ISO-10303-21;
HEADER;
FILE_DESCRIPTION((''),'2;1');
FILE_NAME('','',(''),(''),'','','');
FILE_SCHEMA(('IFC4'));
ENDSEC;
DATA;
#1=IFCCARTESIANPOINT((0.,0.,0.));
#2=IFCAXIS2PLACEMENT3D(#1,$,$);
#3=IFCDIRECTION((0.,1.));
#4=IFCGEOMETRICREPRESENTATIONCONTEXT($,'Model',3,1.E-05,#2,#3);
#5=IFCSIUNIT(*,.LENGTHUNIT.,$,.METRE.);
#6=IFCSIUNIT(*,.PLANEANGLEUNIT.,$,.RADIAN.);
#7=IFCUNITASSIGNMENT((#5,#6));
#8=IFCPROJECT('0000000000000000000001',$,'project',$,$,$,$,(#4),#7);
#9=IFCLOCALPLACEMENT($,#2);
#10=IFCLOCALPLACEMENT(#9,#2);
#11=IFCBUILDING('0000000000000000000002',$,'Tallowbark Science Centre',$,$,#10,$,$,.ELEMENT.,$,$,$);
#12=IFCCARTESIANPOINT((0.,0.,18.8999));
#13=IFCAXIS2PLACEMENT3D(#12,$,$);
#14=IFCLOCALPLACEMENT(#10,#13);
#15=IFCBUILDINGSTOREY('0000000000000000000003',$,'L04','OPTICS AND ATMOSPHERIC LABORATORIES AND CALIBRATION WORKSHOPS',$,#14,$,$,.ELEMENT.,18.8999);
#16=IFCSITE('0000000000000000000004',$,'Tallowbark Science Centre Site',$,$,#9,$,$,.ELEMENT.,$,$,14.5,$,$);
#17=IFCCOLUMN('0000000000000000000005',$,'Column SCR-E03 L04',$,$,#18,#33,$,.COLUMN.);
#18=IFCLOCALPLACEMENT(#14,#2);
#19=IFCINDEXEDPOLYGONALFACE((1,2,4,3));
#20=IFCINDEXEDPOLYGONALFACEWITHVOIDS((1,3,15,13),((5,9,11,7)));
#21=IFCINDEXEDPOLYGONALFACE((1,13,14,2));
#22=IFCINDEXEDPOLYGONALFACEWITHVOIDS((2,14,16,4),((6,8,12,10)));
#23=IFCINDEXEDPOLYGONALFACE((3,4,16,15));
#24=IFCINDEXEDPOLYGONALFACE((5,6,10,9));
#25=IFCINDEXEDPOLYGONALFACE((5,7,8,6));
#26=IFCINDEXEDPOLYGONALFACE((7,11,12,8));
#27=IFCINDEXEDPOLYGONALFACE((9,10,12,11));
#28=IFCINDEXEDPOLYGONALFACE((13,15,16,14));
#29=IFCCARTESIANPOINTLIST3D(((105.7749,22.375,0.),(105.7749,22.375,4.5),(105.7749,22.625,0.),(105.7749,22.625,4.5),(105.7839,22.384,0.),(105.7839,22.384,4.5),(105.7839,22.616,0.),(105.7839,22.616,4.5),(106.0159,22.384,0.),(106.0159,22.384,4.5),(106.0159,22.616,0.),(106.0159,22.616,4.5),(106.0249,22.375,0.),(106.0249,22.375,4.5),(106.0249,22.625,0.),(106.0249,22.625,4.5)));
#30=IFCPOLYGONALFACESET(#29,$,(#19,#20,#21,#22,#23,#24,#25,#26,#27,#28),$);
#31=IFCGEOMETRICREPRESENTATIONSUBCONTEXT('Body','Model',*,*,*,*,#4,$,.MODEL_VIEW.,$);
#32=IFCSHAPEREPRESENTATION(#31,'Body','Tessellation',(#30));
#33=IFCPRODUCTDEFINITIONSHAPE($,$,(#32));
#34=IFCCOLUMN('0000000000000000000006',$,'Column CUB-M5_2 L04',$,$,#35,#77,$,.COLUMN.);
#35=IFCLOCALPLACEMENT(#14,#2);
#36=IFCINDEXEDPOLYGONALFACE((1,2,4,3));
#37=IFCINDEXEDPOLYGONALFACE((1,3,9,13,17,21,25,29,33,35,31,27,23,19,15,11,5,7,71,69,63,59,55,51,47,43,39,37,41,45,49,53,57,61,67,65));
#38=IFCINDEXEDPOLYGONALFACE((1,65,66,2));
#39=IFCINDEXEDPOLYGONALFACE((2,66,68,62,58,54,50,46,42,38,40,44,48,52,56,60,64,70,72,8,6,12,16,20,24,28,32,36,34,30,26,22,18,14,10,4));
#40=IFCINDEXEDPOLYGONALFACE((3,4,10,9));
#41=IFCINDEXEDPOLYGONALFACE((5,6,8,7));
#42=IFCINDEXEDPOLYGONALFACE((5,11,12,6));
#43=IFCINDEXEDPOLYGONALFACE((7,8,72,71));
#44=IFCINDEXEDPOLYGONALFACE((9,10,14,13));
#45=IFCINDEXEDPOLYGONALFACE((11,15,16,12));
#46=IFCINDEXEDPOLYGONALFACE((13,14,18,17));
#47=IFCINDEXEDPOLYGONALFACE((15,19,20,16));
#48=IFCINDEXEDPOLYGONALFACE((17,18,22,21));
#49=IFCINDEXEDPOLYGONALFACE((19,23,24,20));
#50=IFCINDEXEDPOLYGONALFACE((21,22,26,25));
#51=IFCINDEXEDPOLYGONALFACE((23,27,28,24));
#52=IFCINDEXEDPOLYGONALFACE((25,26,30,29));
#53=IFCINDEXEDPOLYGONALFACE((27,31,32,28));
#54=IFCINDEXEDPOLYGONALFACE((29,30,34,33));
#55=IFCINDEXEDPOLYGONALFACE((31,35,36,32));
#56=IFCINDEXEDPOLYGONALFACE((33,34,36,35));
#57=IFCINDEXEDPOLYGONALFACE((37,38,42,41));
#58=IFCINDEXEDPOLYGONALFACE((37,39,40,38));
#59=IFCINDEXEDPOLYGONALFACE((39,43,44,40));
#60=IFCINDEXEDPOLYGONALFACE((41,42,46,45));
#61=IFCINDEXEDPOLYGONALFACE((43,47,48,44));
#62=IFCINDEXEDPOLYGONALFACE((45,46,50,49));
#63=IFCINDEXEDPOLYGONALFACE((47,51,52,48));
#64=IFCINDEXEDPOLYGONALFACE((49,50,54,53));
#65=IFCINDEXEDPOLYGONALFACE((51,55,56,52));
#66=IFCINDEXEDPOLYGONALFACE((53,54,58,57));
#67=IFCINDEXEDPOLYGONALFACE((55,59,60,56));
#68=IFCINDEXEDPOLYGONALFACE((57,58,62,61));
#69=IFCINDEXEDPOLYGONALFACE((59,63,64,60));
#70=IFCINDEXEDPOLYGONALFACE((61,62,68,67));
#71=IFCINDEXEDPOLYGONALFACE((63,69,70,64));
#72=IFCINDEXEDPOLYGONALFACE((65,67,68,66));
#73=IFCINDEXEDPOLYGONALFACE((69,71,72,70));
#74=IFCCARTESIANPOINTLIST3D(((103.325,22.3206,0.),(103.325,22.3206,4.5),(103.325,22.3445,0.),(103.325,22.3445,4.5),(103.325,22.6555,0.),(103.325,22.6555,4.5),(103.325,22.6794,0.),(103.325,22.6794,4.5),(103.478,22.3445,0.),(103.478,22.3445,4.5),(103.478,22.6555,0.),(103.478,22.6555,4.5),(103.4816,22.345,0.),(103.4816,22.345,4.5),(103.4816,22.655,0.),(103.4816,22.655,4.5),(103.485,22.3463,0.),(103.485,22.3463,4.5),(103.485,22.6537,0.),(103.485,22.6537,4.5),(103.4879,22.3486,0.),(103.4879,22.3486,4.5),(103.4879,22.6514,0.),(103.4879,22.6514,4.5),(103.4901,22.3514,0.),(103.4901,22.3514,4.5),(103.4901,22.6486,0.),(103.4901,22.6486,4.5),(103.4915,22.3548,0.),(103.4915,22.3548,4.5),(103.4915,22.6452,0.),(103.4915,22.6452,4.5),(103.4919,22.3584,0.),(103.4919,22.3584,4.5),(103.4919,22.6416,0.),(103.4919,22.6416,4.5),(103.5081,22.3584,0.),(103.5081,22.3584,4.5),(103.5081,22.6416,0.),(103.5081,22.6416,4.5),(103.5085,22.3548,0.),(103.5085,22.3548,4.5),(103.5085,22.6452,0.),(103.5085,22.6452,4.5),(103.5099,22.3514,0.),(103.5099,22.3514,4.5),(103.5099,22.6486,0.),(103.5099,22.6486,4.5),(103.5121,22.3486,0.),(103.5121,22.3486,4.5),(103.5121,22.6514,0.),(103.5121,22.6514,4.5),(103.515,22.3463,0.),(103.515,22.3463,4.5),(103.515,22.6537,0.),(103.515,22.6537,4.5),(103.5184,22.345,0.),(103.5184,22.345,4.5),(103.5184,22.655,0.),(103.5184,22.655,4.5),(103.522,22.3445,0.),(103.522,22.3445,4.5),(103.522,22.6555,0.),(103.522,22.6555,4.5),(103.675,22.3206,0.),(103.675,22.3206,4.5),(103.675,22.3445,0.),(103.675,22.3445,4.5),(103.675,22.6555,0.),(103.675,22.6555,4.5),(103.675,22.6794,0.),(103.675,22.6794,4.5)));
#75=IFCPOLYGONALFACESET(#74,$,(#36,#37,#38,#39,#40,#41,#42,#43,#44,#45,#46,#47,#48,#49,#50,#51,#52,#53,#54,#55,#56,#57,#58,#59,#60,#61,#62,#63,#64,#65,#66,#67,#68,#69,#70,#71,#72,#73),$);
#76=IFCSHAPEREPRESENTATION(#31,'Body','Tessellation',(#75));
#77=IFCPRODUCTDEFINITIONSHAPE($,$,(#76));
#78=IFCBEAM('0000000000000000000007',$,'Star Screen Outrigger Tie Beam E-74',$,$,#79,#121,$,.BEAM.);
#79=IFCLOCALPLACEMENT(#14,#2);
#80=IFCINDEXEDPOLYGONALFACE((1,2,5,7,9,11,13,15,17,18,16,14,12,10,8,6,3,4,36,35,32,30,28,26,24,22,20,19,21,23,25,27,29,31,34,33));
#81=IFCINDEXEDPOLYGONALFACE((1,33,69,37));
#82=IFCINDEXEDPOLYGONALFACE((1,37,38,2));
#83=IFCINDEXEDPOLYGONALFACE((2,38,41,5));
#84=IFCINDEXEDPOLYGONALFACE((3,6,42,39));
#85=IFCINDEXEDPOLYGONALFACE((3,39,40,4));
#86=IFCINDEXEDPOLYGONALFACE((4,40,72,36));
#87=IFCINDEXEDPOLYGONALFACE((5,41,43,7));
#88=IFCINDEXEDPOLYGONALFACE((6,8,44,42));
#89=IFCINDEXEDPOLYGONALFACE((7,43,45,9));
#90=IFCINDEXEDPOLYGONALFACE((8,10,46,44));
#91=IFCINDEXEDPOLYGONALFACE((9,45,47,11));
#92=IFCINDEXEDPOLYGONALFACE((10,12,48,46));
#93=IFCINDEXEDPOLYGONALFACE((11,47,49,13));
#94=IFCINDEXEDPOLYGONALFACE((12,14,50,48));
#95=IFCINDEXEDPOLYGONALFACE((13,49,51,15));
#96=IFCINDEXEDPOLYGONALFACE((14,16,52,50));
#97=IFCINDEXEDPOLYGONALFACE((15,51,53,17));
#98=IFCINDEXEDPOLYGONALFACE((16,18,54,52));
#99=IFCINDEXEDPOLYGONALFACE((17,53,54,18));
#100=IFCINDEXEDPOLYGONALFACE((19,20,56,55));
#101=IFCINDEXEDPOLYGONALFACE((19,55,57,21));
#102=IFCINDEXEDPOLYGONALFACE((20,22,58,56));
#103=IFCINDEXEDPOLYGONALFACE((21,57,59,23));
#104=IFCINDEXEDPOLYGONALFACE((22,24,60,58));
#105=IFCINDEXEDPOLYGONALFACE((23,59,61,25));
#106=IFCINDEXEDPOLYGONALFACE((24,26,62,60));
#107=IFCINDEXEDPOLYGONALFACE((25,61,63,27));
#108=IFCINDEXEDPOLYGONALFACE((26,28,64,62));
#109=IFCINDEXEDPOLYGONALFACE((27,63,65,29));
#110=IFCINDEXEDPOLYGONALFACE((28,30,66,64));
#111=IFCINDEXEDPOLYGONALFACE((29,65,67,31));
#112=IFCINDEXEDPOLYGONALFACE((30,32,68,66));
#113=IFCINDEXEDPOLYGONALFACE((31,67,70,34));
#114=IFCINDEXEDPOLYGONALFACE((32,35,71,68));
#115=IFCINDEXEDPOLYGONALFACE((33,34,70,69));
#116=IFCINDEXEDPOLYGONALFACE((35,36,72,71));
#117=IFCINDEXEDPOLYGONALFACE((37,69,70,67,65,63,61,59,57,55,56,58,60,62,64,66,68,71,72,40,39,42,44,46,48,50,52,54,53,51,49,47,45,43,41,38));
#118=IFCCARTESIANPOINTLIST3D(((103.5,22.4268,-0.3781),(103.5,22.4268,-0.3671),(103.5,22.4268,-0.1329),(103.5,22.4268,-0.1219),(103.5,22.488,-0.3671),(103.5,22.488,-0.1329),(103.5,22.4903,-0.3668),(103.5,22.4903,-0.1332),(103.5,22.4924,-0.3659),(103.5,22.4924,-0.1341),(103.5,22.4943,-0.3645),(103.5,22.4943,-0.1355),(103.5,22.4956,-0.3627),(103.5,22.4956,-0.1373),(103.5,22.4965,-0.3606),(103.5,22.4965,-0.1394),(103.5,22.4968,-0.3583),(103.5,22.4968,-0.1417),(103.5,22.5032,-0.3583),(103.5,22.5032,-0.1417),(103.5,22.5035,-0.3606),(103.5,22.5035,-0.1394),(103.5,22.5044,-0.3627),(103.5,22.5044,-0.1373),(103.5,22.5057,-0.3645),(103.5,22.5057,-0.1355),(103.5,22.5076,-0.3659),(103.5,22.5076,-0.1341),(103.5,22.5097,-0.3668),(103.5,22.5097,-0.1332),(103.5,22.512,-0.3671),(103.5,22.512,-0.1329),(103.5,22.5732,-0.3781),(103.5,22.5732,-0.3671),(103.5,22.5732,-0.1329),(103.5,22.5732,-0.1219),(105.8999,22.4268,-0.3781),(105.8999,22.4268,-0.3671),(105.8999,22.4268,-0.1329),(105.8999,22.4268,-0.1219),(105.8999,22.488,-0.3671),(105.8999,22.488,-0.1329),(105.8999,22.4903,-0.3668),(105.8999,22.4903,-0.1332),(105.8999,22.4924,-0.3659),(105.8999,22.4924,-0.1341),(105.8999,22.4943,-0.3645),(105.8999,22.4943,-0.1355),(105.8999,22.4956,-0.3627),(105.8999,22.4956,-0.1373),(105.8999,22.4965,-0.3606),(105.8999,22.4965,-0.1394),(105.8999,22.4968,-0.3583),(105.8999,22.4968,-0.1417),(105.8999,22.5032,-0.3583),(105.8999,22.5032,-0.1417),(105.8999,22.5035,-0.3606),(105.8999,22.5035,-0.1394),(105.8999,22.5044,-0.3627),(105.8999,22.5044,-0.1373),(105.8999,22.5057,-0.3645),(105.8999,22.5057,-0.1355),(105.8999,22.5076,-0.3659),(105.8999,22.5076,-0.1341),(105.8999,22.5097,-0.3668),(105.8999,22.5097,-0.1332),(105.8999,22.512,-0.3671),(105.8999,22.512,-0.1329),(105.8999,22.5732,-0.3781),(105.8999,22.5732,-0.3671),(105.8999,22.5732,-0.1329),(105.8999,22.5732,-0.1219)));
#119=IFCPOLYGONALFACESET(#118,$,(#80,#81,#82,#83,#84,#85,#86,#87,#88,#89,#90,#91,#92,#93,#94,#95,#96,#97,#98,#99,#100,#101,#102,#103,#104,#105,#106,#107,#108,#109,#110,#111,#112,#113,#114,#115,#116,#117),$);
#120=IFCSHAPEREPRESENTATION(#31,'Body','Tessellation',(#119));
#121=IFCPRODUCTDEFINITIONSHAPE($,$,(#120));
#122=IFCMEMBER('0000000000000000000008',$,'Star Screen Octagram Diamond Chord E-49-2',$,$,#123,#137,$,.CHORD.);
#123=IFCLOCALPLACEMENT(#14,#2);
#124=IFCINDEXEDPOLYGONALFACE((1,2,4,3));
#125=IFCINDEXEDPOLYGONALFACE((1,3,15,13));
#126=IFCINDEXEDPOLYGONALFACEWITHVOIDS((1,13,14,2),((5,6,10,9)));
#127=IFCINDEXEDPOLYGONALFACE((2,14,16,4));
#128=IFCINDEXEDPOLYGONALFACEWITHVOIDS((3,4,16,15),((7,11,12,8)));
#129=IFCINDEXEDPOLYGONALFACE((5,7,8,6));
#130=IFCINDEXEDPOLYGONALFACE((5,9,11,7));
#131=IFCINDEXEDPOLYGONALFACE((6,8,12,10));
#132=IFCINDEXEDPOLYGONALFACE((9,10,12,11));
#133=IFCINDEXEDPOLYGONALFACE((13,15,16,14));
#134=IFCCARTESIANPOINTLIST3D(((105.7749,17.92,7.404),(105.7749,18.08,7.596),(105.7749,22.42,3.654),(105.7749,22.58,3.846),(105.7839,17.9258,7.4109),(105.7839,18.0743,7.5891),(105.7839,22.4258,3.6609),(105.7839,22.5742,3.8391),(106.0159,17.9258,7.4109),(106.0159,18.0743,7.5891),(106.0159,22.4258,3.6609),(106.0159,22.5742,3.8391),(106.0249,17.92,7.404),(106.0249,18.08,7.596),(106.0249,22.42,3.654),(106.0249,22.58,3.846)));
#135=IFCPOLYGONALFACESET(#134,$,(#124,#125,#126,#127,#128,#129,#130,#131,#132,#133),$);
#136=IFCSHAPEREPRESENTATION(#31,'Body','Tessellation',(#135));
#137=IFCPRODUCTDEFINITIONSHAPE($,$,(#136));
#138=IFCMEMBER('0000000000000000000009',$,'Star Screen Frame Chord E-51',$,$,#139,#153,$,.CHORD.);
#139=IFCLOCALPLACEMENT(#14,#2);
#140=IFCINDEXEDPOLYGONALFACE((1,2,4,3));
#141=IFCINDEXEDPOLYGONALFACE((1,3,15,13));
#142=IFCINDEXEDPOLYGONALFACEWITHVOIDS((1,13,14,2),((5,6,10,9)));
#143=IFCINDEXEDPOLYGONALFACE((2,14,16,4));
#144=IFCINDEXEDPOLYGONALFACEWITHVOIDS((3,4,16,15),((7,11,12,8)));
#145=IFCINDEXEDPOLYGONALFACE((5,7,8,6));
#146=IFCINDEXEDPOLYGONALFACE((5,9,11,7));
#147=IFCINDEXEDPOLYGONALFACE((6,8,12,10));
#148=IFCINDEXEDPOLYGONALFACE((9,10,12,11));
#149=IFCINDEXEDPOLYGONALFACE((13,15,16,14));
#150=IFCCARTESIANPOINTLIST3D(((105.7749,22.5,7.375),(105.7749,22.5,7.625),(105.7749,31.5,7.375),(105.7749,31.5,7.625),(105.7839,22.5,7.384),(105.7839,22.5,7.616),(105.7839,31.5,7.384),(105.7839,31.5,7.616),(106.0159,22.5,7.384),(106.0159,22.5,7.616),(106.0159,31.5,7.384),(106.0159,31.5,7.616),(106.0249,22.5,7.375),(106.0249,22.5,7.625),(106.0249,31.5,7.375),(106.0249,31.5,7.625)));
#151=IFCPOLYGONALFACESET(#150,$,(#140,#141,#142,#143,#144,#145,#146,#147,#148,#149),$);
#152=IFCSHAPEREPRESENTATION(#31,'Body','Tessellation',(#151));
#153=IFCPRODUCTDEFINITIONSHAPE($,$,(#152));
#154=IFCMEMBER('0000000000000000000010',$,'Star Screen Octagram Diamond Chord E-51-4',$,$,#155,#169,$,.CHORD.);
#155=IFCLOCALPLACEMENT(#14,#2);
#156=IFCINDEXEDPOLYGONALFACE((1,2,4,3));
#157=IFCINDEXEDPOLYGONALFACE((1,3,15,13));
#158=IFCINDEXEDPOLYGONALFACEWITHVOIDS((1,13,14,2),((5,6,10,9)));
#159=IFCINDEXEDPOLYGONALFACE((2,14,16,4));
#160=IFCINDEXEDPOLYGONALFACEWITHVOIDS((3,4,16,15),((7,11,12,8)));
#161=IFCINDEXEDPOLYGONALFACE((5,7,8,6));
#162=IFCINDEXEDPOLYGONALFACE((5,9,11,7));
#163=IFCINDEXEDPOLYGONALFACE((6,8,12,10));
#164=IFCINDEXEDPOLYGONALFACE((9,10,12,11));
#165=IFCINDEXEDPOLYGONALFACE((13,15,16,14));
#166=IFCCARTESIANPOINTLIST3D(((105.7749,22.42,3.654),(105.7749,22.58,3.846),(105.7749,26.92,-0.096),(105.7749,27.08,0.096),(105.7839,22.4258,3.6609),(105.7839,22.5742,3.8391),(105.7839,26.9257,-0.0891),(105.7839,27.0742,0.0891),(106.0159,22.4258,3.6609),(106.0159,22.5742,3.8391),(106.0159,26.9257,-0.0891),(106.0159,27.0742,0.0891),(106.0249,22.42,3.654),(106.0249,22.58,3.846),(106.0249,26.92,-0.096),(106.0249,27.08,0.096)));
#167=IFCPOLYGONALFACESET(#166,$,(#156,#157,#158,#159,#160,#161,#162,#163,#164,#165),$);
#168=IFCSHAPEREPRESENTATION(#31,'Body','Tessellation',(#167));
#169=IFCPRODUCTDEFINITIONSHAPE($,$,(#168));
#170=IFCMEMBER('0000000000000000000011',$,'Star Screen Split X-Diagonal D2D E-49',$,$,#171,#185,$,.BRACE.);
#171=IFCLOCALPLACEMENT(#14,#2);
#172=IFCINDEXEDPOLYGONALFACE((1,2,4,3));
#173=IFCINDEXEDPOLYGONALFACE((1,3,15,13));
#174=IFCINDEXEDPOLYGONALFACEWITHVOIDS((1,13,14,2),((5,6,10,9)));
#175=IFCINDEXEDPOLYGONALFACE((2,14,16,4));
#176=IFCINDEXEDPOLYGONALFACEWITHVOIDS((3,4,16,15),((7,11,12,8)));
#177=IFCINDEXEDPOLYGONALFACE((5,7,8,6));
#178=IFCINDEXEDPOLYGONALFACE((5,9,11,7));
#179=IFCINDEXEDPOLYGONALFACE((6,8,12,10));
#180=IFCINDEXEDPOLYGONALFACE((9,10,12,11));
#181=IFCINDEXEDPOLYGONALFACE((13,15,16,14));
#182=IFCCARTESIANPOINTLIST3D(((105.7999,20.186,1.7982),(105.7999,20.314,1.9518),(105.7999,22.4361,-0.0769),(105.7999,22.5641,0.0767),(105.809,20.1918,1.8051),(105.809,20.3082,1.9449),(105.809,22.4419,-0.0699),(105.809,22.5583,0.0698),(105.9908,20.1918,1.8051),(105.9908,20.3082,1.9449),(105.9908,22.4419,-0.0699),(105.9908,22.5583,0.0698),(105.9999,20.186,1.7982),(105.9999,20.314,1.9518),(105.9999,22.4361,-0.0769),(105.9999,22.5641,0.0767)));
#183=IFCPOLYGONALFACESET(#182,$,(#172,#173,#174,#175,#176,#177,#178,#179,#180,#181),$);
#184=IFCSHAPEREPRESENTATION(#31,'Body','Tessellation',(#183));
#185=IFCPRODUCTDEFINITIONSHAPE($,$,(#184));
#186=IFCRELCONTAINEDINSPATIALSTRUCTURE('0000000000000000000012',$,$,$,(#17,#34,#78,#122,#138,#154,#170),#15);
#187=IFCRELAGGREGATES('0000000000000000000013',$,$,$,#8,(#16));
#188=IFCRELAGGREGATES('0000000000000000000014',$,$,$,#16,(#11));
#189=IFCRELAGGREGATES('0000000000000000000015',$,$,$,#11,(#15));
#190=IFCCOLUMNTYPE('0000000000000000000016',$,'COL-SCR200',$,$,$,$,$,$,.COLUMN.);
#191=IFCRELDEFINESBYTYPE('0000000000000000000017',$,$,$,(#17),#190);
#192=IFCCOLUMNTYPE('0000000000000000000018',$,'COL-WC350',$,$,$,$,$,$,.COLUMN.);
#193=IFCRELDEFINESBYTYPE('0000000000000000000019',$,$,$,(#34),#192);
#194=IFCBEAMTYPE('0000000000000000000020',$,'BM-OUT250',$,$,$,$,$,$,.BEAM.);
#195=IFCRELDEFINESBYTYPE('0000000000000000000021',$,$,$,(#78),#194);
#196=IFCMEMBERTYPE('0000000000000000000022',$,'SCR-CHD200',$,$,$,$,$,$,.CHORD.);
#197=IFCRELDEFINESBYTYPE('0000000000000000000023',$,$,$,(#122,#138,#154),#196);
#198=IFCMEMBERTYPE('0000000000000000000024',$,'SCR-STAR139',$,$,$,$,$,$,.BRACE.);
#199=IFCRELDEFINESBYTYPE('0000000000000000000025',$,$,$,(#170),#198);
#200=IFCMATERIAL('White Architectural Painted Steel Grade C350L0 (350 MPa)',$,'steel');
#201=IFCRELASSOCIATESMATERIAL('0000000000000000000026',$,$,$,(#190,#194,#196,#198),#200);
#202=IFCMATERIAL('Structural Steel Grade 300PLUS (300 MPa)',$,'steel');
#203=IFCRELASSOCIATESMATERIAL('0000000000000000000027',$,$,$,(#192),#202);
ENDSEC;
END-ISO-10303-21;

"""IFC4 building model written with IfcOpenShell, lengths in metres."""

from ifc_helpers import new_model, si_unit, direction, frame, origin, origin_2d, place, context, subcontext, project, spatial, hollow_rectangle, i_section, extrude, material, material_profile, profile_set, type_object, element, save


model = new_model("IFC4")

# Units and contexts
model_context = context("Model", 3, precision=1e-05, world=origin(), true_north=direction((0.0, 1.0)))
body_context = subcontext(model_context, "Body", "Model", "MODEL_VIEW")
ifc_project = project(units=[si_unit("LENGTHUNIT", "METRE"), si_unit("PLANEANGLEUNIT", "RADIAN")], contexts=[model_context])

# Site, building, storey
site_placement = place(None, origin())
site = spatial("IfcSite", under=ifc_project, at=site_placement, Name="Tallowbark Science Centre Site", CompositionType="ELEMENT", RefElevation=14.5)
building_placement = place(site_placement, origin())
building = spatial("IfcBuilding", under=site, at=building_placement, Name="Tallowbark Science Centre", CompositionType="ELEMENT")
storey_placement = place(building_placement, frame((0.0, 0.0, 18.8999)))
storey = spatial("IfcBuildingStorey", under=building, at=storey_placement, Name="L04", Description="OPTICS AND ATMOSPHERIC LABORATORIES AND CALIBRATION WORKSHOPS", CompositionType="ELEMENT", Elevation=18.8999)

# Columns
ifc_material_1 = material(Name="White Architectural Painted Steel Grade C350L0 (350 MPa)", Category="steel")
ifc_material_profile_1 = material_profile(ifc_material_1, hollow_rectangle(XDim=0.25, YDim=0.25, WallThickness=0.009, at=origin_2d()), Name="250x250x9.0SHS")
ifc_profile_set_1 = profile_set([ifc_material_profile_1], Name="White Architectural Painted Steel Grade C350L0 (350 MPa)")
column_type_1 = type_object("IfcColumnType", Name="COL-SCR200", PredefinedType="COLUMN", material=ifc_profile_set_1)
column_1_placement = place(storey_placement, frame((105.8999, 22.5, 0.0), z_axis=(0.0, 0.0, 1.0), x_axis=(1.0, 0.0, 0.0)))
element("IfcColumn", 1, at=column_1_placement, inside=storey, type_object=column_type_1, Name="Column SCR-E03 L04", PredefinedType="COLUMN", context=body_context, shape_type="SweptSolid", body=[
    extrude(hollow_rectangle(XDim=0.25, YDim=0.25, WallThickness=0.009, at=origin_2d()), origin(), (0.0, 0.0, 1.0), 4.5),
])
ifc_material_2 = material(Name="Structural Steel Grade 300PLUS (300 MPa)", Category="steel")
ifc_material_profile_2 = material_profile(ifc_material_2, i_section(OverallWidth=0.3501, OverallDepth=0.3589, WebThickness=0.0161, FlangeThickness=0.0239, FilletRadius=0.0139, at=origin_2d()), Name="350WC197")
ifc_profile_set_2 = profile_set([ifc_material_profile_2], Name="Structural Steel Grade 300PLUS (300 MPa)")
column_type_2 = type_object("IfcColumnType", Name="COL-WC350", PredefinedType="COLUMN", material=ifc_profile_set_2)
column_2_placement = place(storey_placement, frame((103.5, 22.5, 0.0), z_axis=(0.0, 0.0, 1.0), x_axis=(1.0, 0.0, 0.0)))
element("IfcColumn", 2, at=column_2_placement, inside=storey, type_object=column_type_2, Name="Column CUB-M5_2 L04", PredefinedType="COLUMN", context=body_context, shape_type="SweptSolid", body=[
    extrude(i_section(OverallWidth=0.3501, OverallDepth=0.3589, WebThickness=0.0161, FlangeThickness=0.0239, FilletRadius=0.0139, at=origin_2d()), origin(), (0.0, 0.0, 1.0), 4.5),
])

# Beam
ifc_material_profile_3 = material_profile(ifc_material_1, i_section(OverallWidth=0.1465, OverallDepth=0.2561, WebThickness=0.0063, FlangeThickness=0.011, FilletRadius=0.0088, at=origin_2d()), Name="250UB37.3")
ifc_profile_set_3 = profile_set([ifc_material_profile_3], Name="White Architectural Painted Steel Grade C350L0 (350 MPa)")
beam_type_1 = type_object("IfcBeamType", Name="BM-OUT250", PredefinedType="BEAM", material=ifc_profile_set_3)
beam_1_placement = place(storey_placement, frame((103.5, 22.5, -0.25), z_axis=(1.0, 0.0, 0.0), x_axis=(0.0, 1.0, 0.0)))
element("IfcBeam", 3, at=beam_1_placement, inside=storey, type_object=beam_type_1, Name="Star Screen Outrigger Tie Beam E-74", PredefinedType="BEAM", context=body_context, shape_type="SweptSolid", body=[
    extrude(i_section(OverallWidth=0.1465, OverallDepth=0.2561, WebThickness=0.0063, FlangeThickness=0.011, FilletRadius=0.0088, at=origin_2d()), origin(), (0.0, 0.0, 1.0), 2.3999),
])

# Members
ifc_material_profile_4 = material_profile(ifc_material_1, hollow_rectangle(XDim=0.25, YDim=0.25, WallThickness=0.009, at=origin_2d()), Name="250x250x9.0SHS")
ifc_profile_set_4 = profile_set([ifc_material_profile_4], Name="White Architectural Painted Steel Grade C350L0 (350 MPa)")
member_type_1 = type_object("IfcMemberType", Name="SCR-CHD200", PredefinedType="CHORD", material=ifc_profile_set_4)
member_1_placement = place(storey_placement, frame((105.8999, 22.5, 3.75), z_axis=(0.0, -0.768221, 0.640184), x_axis=(1.0, 0.0, 0.0)))
element("IfcMember", 4, at=member_1_placement, inside=storey, type_object=member_type_1, Name="Star Screen Octagram Diamond Chord E-49-2", PredefinedType="CHORD", context=body_context, shape_type="SweptSolid", body=[
    extrude(hollow_rectangle(XDim=0.25, YDim=0.25, WallThickness=0.009, at=origin_2d()), origin(), (0.0, 0.0, 1.0), 5.8577),
])
member_2_placement = place(storey_placement, frame((105.8999, 22.5, 7.5), z_axis=(0.0, 1.0, 0.0), x_axis=(-1.0, 0.0, 0.0)))
element("IfcMember", 5, at=member_2_placement, inside=storey, type_object=member_type_1, Name="Star Screen Frame Chord E-51", PredefinedType="CHORD", context=body_context, shape_type="SweptSolid", body=[
    extrude(hollow_rectangle(XDim=0.25, YDim=0.25, WallThickness=0.009, at=origin_2d()), origin(), (0.0, 0.0, 1.0), 9.0),
])
member_3_placement = place(storey_placement, frame((105.8999, 22.5, 3.75), z_axis=(0.0, 0.768221, -0.640184), x_axis=(-1.0, 0.0, 0.0)))
element("IfcMember", 6, at=member_3_placement, inside=storey, type_object=member_type_1, Name="Star Screen Octagram Diamond Chord E-51-4", PredefinedType="CHORD", context=body_context, shape_type="SweptSolid", body=[
    extrude(hollow_rectangle(XDim=0.25, YDim=0.25, WallThickness=0.009, at=origin_2d()), origin(), (0.0, 0.0, 1.0), 5.8577),
])
ifc_material_profile_5 = material_profile(ifc_material_1, hollow_rectangle(XDim=0.2, YDim=0.2, WallThickness=0.009, at=origin_2d()), Name="200x200x9.0SHS")
ifc_profile_set_5 = profile_set([ifc_material_profile_5], Name="White Architectural Painted Steel Grade C350L0 (350 MPa)")
member_type_2 = type_object("IfcMemberType", Name="SCR-STAR139", PredefinedType="BRACE", material=ifc_profile_set_5)
for number, where, z_axis, x_axis, name in (
    (7, (105.8999, 20.25, 1.875), (0.0, 0.768221, -0.640184), (-1.0, 0.0, 0.0), "Star Screen Split X-Diagonal D2D E-49"),
):
    element("IfcMember", number, at=place(storey_placement, frame(where, z_axis=z_axis, x_axis=x_axis)), inside=storey, type_object=member_type_2, Name=name, PredefinedType="BRACE", context=body_context, shape_type="SweptSolid", body=[
        extrude(hollow_rectangle(XDim=0.2, YDim=0.2, WallThickness=0.009, at=origin_2d()), origin(), (0.0, 0.0, 1.0), 2.929),
    ])

save(model, "model.ifc")
